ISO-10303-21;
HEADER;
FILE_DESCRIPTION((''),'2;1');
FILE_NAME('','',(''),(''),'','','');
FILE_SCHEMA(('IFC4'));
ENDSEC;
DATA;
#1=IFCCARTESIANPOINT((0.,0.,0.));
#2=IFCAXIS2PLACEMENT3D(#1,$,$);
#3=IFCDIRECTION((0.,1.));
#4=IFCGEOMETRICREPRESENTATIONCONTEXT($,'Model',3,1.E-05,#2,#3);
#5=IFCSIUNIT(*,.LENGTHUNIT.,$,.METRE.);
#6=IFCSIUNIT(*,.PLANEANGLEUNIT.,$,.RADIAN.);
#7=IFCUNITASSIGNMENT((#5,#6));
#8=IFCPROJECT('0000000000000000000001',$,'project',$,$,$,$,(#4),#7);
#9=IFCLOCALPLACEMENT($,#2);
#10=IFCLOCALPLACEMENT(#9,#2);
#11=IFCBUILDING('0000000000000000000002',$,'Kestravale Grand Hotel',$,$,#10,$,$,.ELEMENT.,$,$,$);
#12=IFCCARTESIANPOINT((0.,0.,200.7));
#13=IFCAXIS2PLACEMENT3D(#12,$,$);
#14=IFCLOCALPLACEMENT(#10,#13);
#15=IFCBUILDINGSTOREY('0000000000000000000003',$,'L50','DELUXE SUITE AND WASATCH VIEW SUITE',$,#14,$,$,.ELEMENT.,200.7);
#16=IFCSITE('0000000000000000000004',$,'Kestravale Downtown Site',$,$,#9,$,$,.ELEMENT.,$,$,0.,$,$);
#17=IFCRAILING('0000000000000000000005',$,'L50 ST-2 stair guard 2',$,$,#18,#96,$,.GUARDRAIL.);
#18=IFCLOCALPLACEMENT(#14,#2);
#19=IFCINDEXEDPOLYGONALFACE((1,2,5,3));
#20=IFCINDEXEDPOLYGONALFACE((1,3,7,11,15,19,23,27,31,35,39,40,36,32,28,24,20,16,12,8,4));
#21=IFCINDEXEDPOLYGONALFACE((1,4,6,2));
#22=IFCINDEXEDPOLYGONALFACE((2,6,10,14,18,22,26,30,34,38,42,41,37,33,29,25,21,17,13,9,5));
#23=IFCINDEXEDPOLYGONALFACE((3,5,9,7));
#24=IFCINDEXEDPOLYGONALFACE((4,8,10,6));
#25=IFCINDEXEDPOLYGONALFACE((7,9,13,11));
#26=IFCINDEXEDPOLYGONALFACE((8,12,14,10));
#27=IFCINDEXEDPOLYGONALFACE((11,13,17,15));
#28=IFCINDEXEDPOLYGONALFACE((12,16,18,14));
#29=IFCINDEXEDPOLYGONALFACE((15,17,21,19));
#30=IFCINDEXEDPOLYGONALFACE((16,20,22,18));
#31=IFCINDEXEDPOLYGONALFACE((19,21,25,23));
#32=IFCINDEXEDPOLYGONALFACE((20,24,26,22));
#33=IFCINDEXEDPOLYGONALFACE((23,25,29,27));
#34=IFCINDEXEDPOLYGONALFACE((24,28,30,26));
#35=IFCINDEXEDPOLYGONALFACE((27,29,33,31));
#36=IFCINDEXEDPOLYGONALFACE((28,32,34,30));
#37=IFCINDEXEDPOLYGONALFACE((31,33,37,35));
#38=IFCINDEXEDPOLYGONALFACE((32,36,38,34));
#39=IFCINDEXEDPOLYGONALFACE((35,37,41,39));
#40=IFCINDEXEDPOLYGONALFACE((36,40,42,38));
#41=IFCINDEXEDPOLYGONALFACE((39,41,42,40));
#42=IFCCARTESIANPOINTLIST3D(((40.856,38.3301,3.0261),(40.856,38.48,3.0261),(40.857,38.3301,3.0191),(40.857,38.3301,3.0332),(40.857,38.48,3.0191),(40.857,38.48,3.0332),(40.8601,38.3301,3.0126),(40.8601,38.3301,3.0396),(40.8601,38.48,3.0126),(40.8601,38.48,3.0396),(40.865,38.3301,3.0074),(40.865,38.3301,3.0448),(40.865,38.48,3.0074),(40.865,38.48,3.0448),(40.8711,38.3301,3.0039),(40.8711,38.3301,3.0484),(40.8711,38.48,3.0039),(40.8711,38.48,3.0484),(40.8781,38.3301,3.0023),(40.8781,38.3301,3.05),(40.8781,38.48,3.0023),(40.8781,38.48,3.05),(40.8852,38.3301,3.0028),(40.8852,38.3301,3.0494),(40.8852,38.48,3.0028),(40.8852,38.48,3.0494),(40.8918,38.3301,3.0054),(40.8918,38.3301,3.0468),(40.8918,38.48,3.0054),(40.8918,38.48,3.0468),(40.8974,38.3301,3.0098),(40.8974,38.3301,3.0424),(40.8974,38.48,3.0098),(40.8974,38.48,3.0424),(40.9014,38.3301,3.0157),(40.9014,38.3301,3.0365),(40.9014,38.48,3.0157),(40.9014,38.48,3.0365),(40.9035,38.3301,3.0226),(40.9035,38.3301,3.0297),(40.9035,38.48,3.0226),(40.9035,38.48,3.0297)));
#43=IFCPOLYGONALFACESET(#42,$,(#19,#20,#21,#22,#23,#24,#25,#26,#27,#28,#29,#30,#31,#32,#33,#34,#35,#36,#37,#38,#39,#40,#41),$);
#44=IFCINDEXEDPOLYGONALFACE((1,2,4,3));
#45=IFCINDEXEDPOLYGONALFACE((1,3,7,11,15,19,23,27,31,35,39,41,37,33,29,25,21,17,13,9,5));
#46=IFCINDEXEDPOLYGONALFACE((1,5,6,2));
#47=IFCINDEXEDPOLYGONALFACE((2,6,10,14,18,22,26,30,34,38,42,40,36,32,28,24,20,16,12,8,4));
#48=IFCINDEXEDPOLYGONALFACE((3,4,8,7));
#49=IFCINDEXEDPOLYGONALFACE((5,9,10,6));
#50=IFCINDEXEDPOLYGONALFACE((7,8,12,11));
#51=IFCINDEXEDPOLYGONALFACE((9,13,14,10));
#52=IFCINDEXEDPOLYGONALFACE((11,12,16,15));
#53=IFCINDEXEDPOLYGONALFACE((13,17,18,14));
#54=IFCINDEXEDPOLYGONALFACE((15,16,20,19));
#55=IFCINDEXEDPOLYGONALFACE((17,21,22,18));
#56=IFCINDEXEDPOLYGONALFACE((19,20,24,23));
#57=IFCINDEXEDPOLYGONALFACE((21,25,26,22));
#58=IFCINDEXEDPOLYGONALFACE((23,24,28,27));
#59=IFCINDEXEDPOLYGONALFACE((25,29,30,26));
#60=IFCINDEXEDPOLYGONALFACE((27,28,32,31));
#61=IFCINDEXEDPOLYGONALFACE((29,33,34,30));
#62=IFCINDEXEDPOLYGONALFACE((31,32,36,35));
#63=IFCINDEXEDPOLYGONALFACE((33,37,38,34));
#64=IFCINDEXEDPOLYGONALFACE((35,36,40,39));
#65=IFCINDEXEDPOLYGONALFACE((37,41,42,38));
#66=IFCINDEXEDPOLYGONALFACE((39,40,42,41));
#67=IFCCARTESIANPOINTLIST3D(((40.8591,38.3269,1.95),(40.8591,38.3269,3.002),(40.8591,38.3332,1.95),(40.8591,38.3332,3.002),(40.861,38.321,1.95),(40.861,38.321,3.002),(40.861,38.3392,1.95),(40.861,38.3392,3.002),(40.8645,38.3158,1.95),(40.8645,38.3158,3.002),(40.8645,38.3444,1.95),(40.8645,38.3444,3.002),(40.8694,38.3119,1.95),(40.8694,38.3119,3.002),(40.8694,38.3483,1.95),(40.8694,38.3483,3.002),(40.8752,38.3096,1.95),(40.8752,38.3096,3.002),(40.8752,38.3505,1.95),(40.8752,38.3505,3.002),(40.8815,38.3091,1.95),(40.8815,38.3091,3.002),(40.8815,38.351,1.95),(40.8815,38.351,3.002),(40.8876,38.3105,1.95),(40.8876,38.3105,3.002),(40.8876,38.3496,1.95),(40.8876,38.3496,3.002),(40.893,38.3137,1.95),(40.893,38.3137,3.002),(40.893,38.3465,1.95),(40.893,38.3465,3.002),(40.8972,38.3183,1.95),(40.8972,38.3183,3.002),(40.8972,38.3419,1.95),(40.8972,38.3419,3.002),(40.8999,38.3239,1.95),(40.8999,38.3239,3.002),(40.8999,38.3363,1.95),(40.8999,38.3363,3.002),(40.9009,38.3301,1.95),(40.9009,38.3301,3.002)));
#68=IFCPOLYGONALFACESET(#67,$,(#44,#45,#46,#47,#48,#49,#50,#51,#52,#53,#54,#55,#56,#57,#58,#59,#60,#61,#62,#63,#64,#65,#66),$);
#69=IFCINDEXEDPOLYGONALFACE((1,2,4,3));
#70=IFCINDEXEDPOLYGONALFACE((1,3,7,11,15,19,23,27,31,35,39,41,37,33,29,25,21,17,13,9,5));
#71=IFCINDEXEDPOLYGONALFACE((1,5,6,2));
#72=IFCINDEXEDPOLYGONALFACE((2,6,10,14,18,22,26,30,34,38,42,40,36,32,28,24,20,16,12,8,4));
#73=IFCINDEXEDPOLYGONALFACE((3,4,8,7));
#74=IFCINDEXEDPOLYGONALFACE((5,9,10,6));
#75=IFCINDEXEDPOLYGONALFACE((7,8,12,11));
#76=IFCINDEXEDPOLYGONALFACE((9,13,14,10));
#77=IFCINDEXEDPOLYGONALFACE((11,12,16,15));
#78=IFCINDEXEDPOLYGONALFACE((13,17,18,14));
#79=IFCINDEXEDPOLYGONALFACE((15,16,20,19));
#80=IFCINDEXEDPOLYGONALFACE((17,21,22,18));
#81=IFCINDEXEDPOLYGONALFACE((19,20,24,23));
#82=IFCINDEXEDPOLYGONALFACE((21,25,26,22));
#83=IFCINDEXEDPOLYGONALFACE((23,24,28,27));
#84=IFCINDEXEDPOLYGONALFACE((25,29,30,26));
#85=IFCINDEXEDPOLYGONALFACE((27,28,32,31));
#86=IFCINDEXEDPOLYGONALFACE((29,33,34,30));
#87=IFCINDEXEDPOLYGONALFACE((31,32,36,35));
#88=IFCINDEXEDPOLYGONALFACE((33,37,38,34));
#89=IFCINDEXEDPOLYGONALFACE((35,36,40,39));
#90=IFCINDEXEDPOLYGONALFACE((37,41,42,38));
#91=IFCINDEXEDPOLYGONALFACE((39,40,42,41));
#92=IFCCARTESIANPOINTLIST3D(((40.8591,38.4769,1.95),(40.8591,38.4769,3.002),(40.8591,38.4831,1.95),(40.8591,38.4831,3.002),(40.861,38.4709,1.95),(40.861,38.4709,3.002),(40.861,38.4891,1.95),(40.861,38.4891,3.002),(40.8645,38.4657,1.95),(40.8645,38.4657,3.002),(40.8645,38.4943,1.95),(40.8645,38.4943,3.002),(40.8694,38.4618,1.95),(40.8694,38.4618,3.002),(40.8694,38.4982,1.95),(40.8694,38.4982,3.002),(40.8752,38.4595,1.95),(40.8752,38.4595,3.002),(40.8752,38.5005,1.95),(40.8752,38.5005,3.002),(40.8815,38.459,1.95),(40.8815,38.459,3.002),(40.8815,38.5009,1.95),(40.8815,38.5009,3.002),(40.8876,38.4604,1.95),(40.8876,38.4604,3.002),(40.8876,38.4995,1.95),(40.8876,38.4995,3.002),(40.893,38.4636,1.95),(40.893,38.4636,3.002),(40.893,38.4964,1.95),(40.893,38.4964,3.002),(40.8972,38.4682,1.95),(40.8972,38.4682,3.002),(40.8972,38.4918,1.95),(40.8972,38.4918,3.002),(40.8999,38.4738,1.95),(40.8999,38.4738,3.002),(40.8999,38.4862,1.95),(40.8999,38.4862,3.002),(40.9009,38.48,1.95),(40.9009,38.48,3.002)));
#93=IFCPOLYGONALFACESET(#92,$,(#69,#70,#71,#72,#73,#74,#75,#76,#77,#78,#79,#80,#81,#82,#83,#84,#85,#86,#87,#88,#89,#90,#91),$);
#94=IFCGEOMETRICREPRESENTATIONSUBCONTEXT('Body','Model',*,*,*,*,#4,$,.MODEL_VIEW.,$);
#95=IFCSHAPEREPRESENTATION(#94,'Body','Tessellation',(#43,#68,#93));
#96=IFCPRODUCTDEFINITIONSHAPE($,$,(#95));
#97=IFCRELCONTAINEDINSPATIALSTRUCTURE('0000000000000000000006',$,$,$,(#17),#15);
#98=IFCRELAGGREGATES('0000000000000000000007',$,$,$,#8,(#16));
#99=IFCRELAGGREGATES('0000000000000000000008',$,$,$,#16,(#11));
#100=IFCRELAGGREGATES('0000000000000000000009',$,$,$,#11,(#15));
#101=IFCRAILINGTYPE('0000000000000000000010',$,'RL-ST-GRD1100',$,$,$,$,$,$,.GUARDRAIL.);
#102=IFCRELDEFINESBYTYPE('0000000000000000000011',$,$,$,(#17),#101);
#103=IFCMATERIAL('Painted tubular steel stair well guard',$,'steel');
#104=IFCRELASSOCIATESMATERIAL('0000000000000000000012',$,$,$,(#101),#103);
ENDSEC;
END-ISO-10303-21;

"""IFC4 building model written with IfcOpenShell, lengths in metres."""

from ifc_helpers import new_model, si_unit, direction, frame, origin, origin_2d, place, context, subcontext, project, spatial, circle, extrude, material, type_object, element, save


model = new_model("IFC4")

# Units and contexts
model_context = context("Model", 3, precision=1e-05, world=origin(), true_north=direction((0.0, 1.0)))
body_context = subcontext(model_context, "Body", "Model", "MODEL_VIEW")
ifc_project = project(units=[si_unit("LENGTHUNIT", "METRE"), si_unit("PLANEANGLEUNIT", "RADIAN")], contexts=[model_context])

# Site, building, storey
site_placement = place(None, origin())
site = spatial("IfcSite", under=ifc_project, at=site_placement, Name="Kestravale Downtown Site", CompositionType="ELEMENT", RefElevation=0.0)
building_placement = place(site_placement, origin())
building = spatial("IfcBuilding", under=site, at=building_placement, Name="Kestravale Grand Hotel", CompositionType="ELEMENT")
storey_placement = place(building_placement, frame((0.0, 0.0, 200.7)))
storey = spatial("IfcBuildingStorey", under=building, at=storey_placement, Name="L50", Description="DELUXE SUITE AND WASATCH VIEW SUITE", CompositionType="ELEMENT", Elevation=200.7)

# Railing
ifc_material_1 = material(Name="Painted tubular steel stair well guard", Category="steel")
railing_type_1 = type_object("IfcRailingType", Name="RL-ST-GRD1100", PredefinedType="GUARDRAIL", material=ifc_material_1)
railing_1_placement = place(storey_placement, frame((40.8799, 38.3301, 1.95)))
element("IfcRailing", 1, at=railing_1_placement, inside=storey, type_object=railing_type_1, Name="L50 ST-2 stair guard 2", PredefinedType="GUARDRAIL", context=body_context, shape_type="SweptSolid", body=[
    extrude(circle(Radius=0.0239, at=origin_2d()), frame((0.0, 0.0, 1.0762), z_axis=(0.0, 1.0, 0.0), x_axis=(-1.0, 0.0, 0.0)), (0.0, 0.0, 1.0), 0.1499),
    extrude(circle(Radius=0.021, at=origin_2d()), origin(), (0.0, 0.0, 1.0), 1.052),
    extrude(circle(Radius=0.021, at=origin_2d()), frame((0.0, 0.1499, 0.0)), (0.0, 0.0, 1.0), 1.052),
])

save(model, "model.ifc")
